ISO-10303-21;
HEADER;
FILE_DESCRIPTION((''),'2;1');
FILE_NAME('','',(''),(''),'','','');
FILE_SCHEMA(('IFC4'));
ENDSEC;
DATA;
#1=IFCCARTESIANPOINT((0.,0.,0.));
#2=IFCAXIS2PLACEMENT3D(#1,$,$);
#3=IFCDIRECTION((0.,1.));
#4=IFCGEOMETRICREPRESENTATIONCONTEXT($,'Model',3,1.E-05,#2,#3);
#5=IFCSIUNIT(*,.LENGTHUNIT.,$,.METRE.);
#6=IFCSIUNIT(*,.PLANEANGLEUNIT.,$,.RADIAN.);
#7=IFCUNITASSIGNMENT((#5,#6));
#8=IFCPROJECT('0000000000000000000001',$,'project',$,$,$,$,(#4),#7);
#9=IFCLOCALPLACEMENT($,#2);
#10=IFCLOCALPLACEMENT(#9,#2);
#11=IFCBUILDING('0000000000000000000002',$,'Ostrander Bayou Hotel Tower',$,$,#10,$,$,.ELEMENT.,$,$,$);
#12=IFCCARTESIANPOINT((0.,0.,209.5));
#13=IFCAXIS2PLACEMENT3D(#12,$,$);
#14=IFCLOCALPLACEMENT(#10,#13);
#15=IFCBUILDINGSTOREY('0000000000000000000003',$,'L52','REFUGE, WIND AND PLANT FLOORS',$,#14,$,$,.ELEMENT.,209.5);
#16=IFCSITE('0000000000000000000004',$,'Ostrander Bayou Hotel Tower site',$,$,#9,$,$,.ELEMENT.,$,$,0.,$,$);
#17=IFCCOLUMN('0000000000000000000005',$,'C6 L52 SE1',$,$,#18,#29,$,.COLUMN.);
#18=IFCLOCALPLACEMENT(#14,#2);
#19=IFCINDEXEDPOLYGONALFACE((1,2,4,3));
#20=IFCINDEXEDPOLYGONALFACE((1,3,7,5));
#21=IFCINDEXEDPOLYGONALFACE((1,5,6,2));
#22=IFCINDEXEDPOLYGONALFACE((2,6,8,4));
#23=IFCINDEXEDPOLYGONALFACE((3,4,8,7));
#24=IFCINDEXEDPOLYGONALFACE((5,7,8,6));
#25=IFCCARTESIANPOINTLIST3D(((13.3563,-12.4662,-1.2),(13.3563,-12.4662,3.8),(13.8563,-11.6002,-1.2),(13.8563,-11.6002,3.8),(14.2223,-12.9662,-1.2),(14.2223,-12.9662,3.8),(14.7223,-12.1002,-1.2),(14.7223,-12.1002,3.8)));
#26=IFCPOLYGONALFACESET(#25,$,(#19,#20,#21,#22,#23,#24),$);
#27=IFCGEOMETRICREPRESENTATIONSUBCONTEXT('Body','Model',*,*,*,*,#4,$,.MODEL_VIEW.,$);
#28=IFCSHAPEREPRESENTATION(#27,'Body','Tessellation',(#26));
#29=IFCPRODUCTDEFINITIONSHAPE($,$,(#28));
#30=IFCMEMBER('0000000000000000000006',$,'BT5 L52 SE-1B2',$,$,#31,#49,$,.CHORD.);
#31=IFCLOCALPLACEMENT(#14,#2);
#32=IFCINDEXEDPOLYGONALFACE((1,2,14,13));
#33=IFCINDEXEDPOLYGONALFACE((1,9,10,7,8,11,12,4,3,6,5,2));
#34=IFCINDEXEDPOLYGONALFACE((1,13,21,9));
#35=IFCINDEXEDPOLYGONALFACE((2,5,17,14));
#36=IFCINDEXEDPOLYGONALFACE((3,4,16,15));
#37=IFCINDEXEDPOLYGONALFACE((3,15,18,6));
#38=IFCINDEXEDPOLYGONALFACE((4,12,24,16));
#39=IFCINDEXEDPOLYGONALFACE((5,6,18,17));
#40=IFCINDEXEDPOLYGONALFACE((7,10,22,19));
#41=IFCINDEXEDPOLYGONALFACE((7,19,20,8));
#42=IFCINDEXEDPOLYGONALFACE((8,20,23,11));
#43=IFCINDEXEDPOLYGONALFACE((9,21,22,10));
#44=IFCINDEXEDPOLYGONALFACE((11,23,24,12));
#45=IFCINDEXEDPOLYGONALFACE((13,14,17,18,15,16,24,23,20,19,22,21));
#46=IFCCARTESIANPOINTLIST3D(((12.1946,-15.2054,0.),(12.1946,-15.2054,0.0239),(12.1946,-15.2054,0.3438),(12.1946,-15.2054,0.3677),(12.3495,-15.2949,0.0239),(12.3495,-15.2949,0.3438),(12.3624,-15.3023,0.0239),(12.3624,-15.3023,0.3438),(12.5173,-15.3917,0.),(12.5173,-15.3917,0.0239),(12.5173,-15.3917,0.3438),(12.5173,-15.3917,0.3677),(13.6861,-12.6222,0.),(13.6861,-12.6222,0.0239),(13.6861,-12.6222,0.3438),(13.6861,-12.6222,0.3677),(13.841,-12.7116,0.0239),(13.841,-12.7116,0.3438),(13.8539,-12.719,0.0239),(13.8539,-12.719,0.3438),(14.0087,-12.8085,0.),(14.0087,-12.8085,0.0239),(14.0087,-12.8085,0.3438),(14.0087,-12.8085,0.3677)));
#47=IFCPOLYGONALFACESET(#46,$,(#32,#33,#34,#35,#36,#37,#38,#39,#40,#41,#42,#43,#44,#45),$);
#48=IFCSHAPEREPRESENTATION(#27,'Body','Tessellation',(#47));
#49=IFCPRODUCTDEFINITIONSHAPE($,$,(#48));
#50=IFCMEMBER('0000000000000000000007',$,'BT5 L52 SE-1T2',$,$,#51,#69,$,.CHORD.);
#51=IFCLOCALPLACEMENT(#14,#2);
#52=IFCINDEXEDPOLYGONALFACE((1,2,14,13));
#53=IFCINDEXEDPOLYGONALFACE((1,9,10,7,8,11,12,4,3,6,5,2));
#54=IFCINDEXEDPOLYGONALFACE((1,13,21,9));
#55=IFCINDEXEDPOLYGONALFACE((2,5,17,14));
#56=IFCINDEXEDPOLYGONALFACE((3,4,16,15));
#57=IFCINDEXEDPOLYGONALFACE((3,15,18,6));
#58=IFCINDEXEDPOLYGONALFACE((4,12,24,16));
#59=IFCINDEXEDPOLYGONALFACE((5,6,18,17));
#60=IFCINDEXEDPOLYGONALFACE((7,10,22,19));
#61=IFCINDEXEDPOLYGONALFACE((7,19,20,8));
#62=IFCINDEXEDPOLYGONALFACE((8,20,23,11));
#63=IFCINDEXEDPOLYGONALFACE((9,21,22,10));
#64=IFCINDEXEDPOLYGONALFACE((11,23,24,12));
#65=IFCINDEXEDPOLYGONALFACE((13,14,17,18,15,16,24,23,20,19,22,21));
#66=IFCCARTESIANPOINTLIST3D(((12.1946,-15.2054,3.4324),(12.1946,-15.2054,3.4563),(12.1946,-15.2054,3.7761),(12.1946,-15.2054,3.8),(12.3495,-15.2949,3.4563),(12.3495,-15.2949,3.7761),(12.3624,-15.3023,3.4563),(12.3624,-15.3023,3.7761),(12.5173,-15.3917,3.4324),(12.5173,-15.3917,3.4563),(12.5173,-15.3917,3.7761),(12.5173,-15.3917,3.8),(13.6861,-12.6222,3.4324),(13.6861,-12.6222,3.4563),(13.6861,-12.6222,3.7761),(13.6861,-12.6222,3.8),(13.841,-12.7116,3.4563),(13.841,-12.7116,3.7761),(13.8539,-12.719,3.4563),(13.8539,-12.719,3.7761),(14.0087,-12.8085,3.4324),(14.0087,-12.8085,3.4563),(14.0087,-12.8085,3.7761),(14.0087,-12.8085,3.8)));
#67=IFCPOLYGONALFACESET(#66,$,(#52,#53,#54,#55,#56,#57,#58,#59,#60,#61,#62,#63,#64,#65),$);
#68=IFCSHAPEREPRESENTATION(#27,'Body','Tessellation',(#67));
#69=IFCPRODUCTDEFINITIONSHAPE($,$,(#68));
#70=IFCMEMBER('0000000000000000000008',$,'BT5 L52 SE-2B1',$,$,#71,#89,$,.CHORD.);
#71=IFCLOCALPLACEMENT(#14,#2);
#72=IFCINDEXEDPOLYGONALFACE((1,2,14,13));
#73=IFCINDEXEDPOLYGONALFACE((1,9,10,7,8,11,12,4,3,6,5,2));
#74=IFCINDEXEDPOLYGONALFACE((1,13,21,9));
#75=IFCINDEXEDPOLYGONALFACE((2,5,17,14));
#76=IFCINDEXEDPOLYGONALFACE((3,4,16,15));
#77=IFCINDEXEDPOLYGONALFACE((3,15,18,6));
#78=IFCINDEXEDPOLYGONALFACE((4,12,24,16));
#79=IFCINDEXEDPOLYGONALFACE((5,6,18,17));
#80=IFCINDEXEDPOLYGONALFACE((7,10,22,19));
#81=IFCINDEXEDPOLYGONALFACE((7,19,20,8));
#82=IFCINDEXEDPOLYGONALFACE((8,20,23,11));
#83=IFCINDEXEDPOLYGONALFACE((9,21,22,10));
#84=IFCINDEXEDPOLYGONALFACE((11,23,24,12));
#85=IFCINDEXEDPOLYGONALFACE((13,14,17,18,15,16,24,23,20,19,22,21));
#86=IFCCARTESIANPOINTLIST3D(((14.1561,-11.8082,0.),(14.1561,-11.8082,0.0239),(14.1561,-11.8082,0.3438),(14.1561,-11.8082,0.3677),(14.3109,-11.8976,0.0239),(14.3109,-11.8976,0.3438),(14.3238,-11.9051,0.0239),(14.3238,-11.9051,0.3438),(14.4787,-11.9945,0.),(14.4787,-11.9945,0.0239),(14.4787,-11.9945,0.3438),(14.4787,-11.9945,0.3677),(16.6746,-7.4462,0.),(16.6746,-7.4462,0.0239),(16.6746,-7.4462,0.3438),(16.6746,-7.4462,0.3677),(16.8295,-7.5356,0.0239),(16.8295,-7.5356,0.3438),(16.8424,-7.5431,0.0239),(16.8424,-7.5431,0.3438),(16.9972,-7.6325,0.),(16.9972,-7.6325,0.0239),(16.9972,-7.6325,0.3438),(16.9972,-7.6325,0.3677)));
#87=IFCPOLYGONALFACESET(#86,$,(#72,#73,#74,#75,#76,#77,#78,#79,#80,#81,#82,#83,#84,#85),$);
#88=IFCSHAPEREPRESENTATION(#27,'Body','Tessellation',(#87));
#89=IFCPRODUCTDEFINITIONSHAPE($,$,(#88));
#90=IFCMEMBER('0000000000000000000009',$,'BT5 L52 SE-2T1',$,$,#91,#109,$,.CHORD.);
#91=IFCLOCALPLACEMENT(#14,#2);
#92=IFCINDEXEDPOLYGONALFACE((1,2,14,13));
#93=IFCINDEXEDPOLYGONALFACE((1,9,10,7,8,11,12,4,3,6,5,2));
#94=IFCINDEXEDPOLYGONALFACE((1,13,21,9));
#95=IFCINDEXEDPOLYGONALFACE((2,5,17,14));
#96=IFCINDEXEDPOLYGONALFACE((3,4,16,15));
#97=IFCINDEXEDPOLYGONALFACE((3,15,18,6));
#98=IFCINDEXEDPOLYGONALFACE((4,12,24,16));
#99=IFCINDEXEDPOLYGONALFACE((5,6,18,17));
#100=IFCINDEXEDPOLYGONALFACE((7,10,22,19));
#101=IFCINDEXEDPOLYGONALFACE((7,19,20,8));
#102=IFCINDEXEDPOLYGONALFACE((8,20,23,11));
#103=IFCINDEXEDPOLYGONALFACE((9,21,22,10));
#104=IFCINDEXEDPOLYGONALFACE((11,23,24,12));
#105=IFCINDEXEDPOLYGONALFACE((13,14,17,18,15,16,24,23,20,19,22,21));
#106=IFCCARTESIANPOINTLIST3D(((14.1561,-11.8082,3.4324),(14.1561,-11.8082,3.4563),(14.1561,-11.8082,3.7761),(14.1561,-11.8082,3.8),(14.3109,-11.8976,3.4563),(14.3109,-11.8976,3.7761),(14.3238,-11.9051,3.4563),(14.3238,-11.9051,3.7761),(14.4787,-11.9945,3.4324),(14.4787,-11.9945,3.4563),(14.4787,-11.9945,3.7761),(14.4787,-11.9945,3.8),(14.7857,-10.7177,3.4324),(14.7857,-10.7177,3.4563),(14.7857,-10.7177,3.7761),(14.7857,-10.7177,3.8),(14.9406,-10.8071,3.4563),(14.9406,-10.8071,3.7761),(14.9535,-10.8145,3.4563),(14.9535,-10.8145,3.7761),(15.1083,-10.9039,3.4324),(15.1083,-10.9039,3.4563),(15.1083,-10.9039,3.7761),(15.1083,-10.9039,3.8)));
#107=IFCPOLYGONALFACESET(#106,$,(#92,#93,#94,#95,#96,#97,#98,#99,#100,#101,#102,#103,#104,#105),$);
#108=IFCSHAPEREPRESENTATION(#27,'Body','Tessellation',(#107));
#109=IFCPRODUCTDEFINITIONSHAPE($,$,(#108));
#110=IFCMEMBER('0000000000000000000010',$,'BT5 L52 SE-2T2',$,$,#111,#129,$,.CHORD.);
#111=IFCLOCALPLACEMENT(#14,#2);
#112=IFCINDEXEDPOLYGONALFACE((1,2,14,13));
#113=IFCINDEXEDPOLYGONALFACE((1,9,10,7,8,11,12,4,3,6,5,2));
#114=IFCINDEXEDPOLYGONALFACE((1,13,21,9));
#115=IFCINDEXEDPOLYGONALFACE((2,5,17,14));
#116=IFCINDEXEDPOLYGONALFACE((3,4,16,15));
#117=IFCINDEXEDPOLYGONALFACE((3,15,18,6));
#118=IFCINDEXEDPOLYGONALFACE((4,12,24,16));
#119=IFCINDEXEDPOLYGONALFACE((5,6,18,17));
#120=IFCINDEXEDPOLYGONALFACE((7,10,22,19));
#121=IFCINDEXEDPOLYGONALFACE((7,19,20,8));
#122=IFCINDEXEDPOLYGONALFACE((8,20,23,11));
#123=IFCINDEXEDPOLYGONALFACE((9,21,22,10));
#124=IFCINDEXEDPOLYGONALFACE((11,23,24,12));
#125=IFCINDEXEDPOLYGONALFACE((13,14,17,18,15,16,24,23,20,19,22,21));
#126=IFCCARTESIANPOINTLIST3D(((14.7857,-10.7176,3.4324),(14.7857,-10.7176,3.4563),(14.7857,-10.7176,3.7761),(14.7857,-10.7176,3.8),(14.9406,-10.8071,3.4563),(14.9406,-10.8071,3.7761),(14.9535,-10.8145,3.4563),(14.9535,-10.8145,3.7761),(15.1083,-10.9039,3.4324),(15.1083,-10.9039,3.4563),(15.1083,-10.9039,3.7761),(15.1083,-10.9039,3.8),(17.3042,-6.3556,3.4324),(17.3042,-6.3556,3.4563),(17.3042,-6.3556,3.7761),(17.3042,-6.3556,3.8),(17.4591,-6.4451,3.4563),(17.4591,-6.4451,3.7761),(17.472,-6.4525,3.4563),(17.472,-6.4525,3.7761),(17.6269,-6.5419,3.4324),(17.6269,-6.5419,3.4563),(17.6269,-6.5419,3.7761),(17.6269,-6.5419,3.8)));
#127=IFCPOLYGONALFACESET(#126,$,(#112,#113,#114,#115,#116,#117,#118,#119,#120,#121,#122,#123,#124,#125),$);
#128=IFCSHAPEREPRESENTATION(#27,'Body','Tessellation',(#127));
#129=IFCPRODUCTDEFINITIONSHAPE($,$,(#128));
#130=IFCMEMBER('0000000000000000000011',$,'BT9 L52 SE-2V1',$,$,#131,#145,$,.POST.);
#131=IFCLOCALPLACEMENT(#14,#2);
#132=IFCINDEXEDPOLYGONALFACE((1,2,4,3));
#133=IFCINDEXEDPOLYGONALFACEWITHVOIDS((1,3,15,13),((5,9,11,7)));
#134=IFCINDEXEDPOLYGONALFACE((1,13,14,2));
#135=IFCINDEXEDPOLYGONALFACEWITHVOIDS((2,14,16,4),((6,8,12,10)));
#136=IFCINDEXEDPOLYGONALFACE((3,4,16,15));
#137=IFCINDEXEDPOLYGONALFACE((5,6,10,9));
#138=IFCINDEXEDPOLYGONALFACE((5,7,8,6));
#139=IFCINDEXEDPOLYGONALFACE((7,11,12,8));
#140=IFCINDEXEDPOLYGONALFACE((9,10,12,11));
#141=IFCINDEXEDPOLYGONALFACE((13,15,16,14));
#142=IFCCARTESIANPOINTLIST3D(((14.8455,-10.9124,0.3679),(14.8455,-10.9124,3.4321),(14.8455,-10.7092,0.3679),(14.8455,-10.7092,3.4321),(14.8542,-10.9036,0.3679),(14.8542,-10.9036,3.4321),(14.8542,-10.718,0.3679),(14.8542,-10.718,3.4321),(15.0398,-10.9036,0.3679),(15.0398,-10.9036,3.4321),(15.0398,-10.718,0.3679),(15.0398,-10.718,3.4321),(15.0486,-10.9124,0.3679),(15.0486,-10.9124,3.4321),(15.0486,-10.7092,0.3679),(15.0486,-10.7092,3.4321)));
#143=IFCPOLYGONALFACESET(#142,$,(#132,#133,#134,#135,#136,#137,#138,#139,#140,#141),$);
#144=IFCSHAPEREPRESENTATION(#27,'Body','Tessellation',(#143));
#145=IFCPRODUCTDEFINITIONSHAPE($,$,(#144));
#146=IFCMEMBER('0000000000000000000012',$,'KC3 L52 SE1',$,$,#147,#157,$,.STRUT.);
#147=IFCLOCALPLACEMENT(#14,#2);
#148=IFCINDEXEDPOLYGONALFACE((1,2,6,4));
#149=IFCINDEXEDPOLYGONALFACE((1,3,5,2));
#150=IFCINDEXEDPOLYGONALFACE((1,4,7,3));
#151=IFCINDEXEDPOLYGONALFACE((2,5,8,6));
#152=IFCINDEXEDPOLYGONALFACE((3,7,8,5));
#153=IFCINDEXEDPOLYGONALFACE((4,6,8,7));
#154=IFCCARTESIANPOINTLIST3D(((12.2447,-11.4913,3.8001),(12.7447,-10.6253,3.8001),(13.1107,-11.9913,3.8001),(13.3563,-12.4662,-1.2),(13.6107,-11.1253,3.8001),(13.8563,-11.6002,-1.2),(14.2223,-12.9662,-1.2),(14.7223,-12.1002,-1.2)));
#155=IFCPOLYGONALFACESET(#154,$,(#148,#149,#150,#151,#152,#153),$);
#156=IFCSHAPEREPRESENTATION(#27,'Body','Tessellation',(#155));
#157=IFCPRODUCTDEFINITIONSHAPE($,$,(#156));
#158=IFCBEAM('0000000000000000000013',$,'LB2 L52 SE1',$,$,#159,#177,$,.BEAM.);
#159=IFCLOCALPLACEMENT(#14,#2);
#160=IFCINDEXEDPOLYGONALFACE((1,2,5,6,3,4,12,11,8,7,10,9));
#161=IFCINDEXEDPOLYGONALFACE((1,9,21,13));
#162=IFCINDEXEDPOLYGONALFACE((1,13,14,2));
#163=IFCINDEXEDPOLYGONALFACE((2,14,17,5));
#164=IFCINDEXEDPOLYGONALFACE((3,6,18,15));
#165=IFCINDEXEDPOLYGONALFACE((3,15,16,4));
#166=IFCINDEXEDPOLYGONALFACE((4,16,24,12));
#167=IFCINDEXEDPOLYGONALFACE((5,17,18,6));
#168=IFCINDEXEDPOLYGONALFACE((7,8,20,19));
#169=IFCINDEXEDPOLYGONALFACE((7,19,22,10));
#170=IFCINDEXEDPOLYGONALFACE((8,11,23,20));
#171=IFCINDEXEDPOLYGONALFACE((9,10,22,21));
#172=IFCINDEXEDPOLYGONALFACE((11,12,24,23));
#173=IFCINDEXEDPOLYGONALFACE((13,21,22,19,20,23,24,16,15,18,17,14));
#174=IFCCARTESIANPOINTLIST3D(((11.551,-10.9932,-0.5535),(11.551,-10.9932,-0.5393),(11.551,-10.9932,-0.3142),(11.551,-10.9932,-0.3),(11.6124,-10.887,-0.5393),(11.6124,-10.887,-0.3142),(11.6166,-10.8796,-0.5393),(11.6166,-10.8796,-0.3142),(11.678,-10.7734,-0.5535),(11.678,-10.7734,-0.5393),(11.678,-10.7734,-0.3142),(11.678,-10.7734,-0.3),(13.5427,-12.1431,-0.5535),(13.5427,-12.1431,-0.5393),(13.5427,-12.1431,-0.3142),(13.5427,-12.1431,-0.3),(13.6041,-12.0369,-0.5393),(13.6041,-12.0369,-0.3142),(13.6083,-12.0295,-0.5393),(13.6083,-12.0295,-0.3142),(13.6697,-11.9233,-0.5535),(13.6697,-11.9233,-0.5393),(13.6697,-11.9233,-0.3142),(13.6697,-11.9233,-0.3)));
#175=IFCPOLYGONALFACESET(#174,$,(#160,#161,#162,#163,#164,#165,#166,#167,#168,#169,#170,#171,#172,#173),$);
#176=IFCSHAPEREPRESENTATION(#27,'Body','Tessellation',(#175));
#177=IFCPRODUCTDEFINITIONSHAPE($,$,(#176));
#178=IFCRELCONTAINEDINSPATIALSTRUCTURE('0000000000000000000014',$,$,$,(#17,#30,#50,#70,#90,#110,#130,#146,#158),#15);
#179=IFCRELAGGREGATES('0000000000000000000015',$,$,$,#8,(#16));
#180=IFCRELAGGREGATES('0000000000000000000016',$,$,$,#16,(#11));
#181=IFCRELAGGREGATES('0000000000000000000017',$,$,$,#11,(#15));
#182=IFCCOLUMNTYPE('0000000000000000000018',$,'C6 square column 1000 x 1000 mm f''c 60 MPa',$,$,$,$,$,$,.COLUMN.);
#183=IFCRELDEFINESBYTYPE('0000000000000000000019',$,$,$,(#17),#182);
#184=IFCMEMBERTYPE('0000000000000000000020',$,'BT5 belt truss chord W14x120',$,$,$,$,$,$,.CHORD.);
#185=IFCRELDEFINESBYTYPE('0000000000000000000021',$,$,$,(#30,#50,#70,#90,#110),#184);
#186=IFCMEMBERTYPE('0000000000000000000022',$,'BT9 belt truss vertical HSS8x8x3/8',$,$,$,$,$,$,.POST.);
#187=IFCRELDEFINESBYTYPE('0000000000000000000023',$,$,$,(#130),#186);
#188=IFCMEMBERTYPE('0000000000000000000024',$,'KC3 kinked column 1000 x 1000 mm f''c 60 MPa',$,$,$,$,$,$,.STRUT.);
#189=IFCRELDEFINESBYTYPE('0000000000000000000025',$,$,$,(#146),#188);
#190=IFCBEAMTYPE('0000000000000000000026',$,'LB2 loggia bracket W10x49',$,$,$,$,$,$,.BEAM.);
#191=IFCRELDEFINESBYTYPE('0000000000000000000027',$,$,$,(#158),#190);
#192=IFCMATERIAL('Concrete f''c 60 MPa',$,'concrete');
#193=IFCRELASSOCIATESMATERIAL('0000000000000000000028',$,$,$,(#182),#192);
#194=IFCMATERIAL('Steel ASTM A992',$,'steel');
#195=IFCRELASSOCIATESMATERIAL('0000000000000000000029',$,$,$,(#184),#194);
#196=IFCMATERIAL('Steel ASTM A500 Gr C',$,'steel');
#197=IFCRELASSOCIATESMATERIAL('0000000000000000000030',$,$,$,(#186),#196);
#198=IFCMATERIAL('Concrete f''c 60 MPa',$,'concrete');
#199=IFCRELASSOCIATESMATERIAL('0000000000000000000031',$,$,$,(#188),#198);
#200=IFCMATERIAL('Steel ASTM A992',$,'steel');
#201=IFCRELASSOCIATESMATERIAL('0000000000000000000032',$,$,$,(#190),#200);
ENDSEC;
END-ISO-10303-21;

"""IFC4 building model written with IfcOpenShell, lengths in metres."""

from ifc_helpers import new_model, si_unit, direction, frame, origin, origin_2d, place, context, subcontext, project, spatial, rectangle, hollow_rectangle, i_section, extrude, material, material_profile, profile_set, type_object, element, save


model = new_model("IFC4")

# Units and contexts
model_context = context("Model", 3, precision=1e-05, world=origin(), true_north=direction((0.0, 1.0)))
body_context = subcontext(model_context, "Body", "Model", "MODEL_VIEW")
ifc_project = project(units=[si_unit("LENGTHUNIT", "METRE"), si_unit("PLANEANGLEUNIT", "RADIAN")], contexts=[model_context])

# Site, building, storey
site_placement = place(None, origin())
site = spatial("IfcSite", under=ifc_project, at=site_placement, Name="Ostrander Bayou Hotel Tower site", CompositionType="ELEMENT", RefElevation=0.0)
building_placement = place(site_placement, origin())
building = spatial("IfcBuilding", under=site, at=building_placement, Name="Ostrander Bayou Hotel Tower", CompositionType="ELEMENT")
storey_placement = place(building_placement, frame((0.0, 0.0, 209.5)))
storey = spatial("IfcBuildingStorey", under=building, at=storey_placement, Name="L52", Description="REFUGE, WIND AND PLANT FLOORS", CompositionType="ELEMENT", Elevation=209.5)

# Column
ifc_material_1 = material(Name="Concrete f'c 60 MPa", Category="concrete")
ifc_material_profile_1 = material_profile(ifc_material_1, rectangle(XDim=1.0, YDim=1.0, at=origin_2d()))
ifc_profile_set_1 = profile_set([ifc_material_profile_1], Name="Concrete f'c 60 MPa")
column_type = type_object("IfcColumnType", Name="C6 square column 1000 x 1000 mm f'c 60 MPa", PredefinedType="COLUMN", material=ifc_profile_set_1)
column_placement = place(storey_placement, frame((14.0393, -12.2832, -1.2), z_axis=(0.0, 0.0, 1.0), x_axis=(-0.5, -0.866025, 0.0)))
element("IfcColumn", 1, at=column_placement, inside=storey, type_object=column_type, Name="C6 L52 SE1", PredefinedType="COLUMN", context=body_context, shape_type="SweptSolid", body=[
    extrude(rectangle(XDim=1.0, YDim=1.0, at=origin_2d()), origin(), (0.0, 0.0, 1.0), 5.0),
])

# Members
ifc_material_2 = material(Name="Steel ASTM A992", Category="steel")
ifc_material_profile_2 = material_profile(ifc_material_2, i_section(OverallWidth=0.3726, OverallDepth=0.3677, WebThickness=0.0149, FlangeThickness=0.0239, at=origin_2d()))
ifc_profile_set_2 = profile_set([ifc_material_profile_2], Name="Steel ASTM A992")
member_type_1 = type_object("IfcMemberType", Name="BT5 belt truss chord W14x120", PredefinedType="CHORD", material=ifc_profile_set_2)
for number, where, z_axis, x_axis, name in (
    (2, (12.356, -15.2986, 0.1838), (0.500003, 0.866023, 0.0), (-0.866023, 0.500003, 0.0), "BT5 L52 SE-1B2"),
    (3, (12.356, -15.2986, 3.6162), (0.500003, 0.866023, 0.0), (-0.866023, 0.500003, 0.0), "BT5 L52 SE-1T2"),
):
    element("IfcMember", number, at=place(storey_placement, frame(where, z_axis=z_axis, x_axis=x_axis)), inside=storey, type_object=member_type_1, Name=name, PredefinedType="CHORD", context=body_context, shape_type="SweptSolid", body=[
        extrude(i_section(OverallWidth=0.3726, OverallDepth=0.3677, WebThickness=0.0149, FlangeThickness=0.0239, at=origin_2d()), origin(), (0.0, 0.0, 1.0), 2.9829),
    ])
member_1_placement = place(storey_placement, frame((14.3174, -11.9014, 0.1838), z_axis=(0.500018, 0.866015, 0.0), x_axis=(-0.866015, 0.500018, 0.0)))
element("IfcMember", 4, at=member_1_placement, inside=storey, type_object=member_type_1, Name="BT5 L52 SE-2B1", PredefinedType="CHORD", context=body_context, shape_type="SweptSolid", body=[
    extrude(i_section(OverallWidth=0.3726, OverallDepth=0.3677, WebThickness=0.0149, FlangeThickness=0.0239, at=origin_2d()), origin(), (0.0, 0.0, 1.0), 5.0369),
])
member_2_placement = place(storey_placement, frame((14.3174, -11.9014, 3.6162), z_axis=(0.499997, 0.866027, 0.0), x_axis=(-0.866027, 0.499997, 0.0)))
element("IfcMember", 5, at=member_2_placement, inside=storey, type_object=member_type_1, Name="BT5 L52 SE-2T1", PredefinedType="CHORD", context=body_context, shape_type="SweptSolid", body=[
    extrude(i_section(OverallWidth=0.3726, OverallDepth=0.3677, WebThickness=0.0149, FlangeThickness=0.0239, at=origin_2d()), origin(), (0.0, 0.0, 1.0), 1.2593),
])
member_3_placement = place(storey_placement, frame((14.947, -10.8108, 3.6162), z_axis=(0.500018, 0.866015, 0.0), x_axis=(-0.866015, 0.500018, 0.0)))
element("IfcMember", 6, at=member_3_placement, inside=storey, type_object=member_type_1, Name="BT5 L52 SE-2T2", PredefinedType="CHORD", context=body_context, shape_type="SweptSolid", body=[
    extrude(i_section(OverallWidth=0.3726, OverallDepth=0.3677, WebThickness=0.0149, FlangeThickness=0.0239, at=origin_2d()), origin(), (0.0, 0.0, 1.0), 5.0369),
])
ifc_material_3 = material(Name="Steel ASTM A500 Gr C", Category="steel")
ifc_material_profile_3 = material_profile(ifc_material_3, hollow_rectangle(XDim=0.2031, YDim=0.2031, WallThickness=0.0088, at=origin_2d()))
ifc_profile_set_3 = profile_set([ifc_material_profile_3], Name="Steel ASTM A500 Gr C")
member_type_2 = type_object("IfcMemberType", Name="BT9 belt truss vertical HSS8x8x3/8", PredefinedType="POST", material=ifc_profile_set_3)
member_4_placement = place(storey_placement, frame((14.947, -10.8108, 0.3679), z_axis=(0.0, 0.0, 1.0), x_axis=(1.0, 0.0, 0.0)))
element("IfcMember", 7, at=member_4_placement, inside=storey, type_object=member_type_2, Name="BT9 L52 SE-2V1", PredefinedType="POST", context=body_context, shape_type="SweptSolid", body=[
    extrude(hollow_rectangle(XDim=0.2031, YDim=0.2031, WallThickness=0.0088, at=origin_2d()), origin(), (0.0, 0.0, 1.0), 3.0642),
])
ifc_material_4 = material(Name="Concrete f'c 60 MPa", Category="concrete")
ifc_material_profile_4 = material_profile(ifc_material_4, rectangle(XDim=1.0, YDim=1.0, at=origin_2d()))
ifc_profile_set_4 = profile_set([ifc_material_profile_4], Name="Concrete f'c 60 MPa")
member_type_3 = type_object("IfcMemberType", Name="KC3 kinked column 1000 x 1000 mm f'c 60 MPa", PredefinedType="STRUT", material=ifc_profile_set_4)
member_5_placement = place(storey_placement, frame((14.0393, -12.2832, -1.2), z_axis=(0.0, 0.0, 1.0), x_axis=(-0.5, -0.866025, 0.0)))
element("IfcMember", 8, at=member_5_placement, inside=storey, type_object=member_type_3, Name="KC3 L52 SE1", PredefinedType="STRUT", context=body_context, shape_type="SweptSolid", body=[
    extrude(rectangle(XDim=1.0, YDim=1.0, at=origin_2d()), origin(), (-0.055324, -0.278111, 0.958954), 5.2141),
])

# Beam
ifc_material_5 = material(Name="Steel ASTM A992", Category="steel")
ifc_material_profile_5 = material_profile(ifc_material_5, i_section(OverallWidth=0.2539, OverallDepth=0.2534, WebThickness=0.0085, FlangeThickness=0.0142, at=origin_2d()))
ifc_profile_set_5 = profile_set([ifc_material_profile_5], Name="Steel ASTM A992")
beam_type_1 = type_object("IfcBeamType", Name="LB2 loggia bracket W10x49", PredefinedType="BEAM", material=ifc_profile_set_5)
beam_1_placement = place(storey_placement, frame((13.6062, -12.0332, -0.4268), z_axis=(-0.866026, 0.499998, 0.0), x_axis=(-0.499998, -0.866026, 0.0)))
element("IfcBeam", 9, at=beam_1_placement, inside=storey, type_object=beam_type_1, Name="LB2 L52 SE1", PredefinedType="BEAM", context=body_context, shape_type="SweptSolid", body=[
    extrude(i_section(OverallWidth=0.2539, OverallDepth=0.2534, WebThickness=0.0085, FlangeThickness=0.0142, at=origin_2d()), origin(), (0.0, 0.0, 1.0), 2.2998),
])

save(model, "model.ifc")
